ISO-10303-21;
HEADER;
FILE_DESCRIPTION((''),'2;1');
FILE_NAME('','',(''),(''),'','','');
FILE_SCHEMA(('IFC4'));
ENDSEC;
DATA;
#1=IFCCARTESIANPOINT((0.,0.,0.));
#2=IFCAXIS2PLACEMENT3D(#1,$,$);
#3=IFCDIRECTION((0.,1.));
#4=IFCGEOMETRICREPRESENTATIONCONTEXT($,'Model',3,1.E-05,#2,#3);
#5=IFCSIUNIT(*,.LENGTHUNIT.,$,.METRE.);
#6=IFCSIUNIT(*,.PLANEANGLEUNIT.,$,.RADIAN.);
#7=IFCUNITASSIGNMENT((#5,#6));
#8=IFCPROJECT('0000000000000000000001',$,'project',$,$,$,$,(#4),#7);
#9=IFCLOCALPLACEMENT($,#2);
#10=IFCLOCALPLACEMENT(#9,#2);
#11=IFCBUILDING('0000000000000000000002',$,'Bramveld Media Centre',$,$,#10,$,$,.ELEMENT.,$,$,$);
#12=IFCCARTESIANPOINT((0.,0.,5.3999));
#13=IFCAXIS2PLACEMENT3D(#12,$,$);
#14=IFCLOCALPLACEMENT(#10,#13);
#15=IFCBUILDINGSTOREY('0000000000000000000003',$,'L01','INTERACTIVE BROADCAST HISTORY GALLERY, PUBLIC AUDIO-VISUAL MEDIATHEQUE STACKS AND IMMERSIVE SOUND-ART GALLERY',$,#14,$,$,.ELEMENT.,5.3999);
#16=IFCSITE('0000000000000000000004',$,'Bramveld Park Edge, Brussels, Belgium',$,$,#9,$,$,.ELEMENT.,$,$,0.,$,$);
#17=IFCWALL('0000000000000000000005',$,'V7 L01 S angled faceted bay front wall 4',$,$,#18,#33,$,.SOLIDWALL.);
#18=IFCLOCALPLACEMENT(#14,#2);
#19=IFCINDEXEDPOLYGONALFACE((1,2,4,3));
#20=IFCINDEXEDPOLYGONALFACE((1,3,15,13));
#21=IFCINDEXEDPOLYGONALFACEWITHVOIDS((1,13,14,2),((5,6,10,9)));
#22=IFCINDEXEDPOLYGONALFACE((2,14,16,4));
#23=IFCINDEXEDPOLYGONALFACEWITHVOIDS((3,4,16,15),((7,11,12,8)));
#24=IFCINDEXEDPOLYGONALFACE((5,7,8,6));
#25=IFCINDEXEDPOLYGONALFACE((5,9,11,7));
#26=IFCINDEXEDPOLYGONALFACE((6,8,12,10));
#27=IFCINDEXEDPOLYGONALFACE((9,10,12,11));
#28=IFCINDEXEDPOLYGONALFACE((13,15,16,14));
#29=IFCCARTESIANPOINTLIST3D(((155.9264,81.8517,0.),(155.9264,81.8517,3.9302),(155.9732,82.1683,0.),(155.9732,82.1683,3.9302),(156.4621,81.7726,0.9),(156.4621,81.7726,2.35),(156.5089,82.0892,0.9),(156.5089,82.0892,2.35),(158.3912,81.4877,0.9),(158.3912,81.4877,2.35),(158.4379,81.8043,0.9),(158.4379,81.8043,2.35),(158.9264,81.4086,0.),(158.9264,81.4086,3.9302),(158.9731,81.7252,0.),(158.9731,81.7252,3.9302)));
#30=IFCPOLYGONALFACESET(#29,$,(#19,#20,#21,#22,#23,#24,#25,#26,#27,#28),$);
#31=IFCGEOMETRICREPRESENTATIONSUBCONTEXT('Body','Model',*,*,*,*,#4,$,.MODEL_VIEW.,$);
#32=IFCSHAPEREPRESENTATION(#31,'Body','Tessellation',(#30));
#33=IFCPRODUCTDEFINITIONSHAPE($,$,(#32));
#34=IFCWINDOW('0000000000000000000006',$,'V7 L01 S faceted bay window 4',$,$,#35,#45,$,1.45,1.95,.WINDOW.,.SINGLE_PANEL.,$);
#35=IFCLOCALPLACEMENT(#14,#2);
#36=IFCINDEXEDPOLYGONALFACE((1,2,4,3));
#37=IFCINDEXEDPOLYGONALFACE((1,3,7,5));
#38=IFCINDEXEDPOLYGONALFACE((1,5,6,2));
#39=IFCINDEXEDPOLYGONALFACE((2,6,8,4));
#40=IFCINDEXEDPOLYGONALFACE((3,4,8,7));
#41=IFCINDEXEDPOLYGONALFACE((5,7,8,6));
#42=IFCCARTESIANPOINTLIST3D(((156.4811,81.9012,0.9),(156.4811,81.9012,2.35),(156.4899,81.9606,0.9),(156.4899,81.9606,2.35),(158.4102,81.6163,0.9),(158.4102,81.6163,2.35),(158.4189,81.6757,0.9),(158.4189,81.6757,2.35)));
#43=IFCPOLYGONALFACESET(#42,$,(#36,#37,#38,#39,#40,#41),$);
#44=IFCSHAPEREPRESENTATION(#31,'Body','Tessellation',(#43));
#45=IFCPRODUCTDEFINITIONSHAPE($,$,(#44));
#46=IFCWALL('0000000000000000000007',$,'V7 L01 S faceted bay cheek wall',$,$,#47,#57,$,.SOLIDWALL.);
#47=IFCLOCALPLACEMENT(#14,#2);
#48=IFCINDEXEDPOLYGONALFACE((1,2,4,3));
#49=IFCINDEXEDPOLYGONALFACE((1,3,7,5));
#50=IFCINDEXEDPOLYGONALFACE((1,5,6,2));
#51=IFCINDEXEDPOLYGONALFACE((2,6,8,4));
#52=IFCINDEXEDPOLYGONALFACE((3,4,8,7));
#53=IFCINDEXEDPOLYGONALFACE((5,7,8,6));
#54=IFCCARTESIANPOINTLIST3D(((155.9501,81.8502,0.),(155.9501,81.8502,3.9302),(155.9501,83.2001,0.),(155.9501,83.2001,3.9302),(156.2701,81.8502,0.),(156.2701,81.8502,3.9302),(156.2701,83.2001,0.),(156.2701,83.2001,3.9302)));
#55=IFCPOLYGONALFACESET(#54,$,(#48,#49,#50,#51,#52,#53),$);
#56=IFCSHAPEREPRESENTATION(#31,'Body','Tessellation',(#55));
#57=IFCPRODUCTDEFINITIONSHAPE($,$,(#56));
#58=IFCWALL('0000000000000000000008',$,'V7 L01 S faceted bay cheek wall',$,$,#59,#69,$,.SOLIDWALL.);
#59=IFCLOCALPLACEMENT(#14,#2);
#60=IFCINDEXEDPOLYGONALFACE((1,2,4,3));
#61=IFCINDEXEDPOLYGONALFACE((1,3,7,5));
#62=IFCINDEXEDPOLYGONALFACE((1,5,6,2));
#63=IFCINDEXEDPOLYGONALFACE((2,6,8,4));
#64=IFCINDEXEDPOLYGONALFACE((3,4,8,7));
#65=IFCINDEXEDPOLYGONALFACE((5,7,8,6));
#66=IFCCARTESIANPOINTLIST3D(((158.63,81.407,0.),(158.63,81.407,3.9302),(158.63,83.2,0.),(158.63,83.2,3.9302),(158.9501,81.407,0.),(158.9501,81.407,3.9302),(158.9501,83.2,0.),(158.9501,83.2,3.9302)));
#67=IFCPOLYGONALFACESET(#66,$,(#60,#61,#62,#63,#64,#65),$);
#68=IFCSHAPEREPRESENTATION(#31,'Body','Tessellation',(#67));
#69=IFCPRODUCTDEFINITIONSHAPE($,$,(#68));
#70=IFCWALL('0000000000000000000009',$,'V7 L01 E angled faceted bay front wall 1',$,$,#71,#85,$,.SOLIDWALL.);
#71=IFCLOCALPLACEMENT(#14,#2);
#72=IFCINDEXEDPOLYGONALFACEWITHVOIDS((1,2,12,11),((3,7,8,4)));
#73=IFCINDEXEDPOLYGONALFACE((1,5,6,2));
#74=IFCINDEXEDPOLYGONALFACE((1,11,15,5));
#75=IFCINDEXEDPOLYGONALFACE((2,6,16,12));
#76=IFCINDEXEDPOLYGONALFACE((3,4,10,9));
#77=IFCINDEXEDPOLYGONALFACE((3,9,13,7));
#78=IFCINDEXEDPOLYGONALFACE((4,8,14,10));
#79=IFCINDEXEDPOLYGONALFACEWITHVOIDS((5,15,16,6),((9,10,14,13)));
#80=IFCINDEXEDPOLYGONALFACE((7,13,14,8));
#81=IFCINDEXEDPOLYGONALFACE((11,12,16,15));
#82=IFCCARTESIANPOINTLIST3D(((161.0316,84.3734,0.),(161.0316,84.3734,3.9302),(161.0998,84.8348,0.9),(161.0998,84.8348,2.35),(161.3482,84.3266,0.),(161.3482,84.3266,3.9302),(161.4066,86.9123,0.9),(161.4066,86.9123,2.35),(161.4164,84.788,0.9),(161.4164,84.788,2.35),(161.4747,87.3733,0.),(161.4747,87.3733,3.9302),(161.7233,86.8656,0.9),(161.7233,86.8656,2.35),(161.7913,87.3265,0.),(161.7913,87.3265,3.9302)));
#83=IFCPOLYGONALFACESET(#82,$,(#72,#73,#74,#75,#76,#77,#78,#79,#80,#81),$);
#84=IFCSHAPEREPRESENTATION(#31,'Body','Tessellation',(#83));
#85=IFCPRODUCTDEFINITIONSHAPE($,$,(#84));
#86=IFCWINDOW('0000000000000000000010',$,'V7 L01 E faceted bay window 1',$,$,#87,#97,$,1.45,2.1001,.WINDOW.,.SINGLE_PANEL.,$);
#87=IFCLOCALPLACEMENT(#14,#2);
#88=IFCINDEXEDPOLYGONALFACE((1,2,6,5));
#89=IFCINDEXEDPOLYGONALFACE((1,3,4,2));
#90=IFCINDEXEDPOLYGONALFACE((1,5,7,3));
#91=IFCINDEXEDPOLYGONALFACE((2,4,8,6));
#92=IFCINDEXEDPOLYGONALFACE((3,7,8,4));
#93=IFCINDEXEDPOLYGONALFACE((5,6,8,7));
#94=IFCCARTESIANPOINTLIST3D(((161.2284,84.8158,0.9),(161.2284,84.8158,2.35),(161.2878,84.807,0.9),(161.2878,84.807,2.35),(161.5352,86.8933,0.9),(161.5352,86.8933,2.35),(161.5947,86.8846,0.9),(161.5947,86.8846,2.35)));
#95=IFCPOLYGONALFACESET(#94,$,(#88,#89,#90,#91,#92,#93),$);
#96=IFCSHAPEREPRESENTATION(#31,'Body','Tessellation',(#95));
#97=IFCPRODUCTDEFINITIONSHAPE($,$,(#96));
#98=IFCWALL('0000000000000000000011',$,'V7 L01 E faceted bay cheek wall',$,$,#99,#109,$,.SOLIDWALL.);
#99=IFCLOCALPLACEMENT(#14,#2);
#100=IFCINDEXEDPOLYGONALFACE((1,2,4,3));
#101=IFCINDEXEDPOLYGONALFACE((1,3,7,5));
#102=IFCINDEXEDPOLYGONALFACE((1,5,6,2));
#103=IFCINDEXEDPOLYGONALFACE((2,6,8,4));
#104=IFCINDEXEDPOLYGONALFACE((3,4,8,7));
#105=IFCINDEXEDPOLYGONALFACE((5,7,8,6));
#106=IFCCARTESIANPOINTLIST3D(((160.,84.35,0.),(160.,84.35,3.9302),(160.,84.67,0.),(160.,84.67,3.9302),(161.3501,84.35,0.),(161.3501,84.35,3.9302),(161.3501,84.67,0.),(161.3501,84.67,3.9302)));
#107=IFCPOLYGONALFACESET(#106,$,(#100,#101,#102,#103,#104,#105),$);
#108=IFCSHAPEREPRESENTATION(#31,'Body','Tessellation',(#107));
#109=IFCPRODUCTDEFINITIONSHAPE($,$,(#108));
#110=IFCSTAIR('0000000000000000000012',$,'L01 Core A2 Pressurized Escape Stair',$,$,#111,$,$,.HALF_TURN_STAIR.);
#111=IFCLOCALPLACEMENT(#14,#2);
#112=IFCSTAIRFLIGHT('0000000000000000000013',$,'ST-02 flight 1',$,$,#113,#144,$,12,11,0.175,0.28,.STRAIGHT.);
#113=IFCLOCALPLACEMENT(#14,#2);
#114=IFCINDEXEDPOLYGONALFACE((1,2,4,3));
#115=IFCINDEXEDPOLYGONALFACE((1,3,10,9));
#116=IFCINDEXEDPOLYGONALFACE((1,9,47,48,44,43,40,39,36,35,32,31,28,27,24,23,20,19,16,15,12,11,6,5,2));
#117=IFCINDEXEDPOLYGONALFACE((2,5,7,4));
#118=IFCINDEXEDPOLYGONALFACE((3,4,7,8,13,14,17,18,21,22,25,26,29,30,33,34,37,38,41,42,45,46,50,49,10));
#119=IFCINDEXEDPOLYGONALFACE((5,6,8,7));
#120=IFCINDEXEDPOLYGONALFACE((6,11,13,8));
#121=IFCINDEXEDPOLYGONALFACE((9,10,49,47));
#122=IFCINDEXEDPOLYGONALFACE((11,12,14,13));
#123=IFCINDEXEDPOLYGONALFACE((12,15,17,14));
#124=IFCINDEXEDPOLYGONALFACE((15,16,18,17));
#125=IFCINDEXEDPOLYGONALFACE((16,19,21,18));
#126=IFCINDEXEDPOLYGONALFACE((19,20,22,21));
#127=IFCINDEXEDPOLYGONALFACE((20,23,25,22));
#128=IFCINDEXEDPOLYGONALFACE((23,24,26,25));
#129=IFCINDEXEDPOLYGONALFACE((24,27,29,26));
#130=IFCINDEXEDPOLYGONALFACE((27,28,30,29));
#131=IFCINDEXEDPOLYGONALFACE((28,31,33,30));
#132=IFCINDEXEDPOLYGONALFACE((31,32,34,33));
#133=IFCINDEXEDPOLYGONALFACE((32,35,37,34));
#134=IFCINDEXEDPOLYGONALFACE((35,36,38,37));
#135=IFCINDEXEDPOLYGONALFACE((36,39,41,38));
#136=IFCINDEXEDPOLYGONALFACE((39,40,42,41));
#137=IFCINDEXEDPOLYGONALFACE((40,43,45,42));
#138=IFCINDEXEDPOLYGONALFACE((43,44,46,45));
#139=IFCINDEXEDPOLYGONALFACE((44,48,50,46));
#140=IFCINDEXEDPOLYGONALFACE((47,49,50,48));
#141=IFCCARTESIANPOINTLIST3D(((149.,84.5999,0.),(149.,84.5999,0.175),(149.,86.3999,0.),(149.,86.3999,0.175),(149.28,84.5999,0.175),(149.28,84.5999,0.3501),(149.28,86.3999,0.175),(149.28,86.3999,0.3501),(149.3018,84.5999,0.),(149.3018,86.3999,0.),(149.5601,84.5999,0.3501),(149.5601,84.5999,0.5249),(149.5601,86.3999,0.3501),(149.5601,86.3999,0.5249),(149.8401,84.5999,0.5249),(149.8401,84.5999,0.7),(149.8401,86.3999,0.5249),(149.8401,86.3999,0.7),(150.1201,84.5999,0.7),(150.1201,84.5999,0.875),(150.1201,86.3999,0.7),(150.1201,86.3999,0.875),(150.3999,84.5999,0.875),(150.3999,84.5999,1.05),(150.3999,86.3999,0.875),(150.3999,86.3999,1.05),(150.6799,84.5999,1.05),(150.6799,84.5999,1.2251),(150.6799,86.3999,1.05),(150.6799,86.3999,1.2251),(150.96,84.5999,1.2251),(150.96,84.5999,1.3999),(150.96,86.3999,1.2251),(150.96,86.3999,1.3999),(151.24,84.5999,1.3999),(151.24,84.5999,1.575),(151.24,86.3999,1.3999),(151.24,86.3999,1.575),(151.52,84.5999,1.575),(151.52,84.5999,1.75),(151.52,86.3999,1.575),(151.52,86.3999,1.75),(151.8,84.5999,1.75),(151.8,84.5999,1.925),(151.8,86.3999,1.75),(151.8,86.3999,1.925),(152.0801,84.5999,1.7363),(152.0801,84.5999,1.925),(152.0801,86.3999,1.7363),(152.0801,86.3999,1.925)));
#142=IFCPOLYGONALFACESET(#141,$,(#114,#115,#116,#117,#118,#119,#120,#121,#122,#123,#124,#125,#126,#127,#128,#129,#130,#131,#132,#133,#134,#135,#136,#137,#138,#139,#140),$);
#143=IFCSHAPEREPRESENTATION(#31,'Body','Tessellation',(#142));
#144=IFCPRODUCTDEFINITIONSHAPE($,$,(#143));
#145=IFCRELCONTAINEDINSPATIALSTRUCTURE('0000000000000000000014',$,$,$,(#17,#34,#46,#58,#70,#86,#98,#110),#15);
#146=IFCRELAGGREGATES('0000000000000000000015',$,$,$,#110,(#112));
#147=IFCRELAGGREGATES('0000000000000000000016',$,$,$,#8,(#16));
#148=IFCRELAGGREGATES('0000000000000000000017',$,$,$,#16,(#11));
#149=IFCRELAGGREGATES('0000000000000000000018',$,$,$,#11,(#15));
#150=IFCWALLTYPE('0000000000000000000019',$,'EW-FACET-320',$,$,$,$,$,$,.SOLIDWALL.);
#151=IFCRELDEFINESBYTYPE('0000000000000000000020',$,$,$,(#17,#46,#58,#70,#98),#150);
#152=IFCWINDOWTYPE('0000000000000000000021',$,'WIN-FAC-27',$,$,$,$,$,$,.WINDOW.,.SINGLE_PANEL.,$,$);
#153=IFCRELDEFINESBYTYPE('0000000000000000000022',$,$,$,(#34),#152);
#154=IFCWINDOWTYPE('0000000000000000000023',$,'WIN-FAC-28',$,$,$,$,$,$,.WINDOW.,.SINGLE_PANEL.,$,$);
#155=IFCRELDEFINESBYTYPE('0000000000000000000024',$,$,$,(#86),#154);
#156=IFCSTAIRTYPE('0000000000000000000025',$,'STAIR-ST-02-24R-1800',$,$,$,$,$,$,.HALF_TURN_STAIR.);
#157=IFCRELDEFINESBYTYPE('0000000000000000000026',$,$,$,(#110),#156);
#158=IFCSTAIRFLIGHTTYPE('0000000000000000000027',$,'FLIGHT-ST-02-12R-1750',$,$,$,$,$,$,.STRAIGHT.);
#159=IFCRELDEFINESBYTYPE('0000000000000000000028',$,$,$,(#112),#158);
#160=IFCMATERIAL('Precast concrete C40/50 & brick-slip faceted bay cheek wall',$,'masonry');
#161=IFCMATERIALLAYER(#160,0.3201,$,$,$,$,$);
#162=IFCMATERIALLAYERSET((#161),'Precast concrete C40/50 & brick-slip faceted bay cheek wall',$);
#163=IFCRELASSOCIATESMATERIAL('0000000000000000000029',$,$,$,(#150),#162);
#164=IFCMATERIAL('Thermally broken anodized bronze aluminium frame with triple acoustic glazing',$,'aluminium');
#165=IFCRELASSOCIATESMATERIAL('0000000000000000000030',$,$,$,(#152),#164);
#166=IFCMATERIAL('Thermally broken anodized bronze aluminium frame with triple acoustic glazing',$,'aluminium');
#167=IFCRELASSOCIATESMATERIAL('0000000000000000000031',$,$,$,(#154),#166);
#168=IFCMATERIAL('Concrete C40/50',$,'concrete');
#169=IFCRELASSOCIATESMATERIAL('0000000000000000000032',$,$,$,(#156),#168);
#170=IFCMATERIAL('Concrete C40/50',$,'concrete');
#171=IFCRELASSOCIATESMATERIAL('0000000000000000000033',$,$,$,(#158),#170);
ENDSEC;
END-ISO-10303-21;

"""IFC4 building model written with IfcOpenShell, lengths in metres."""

from ifc_helpers import new_model, si_unit, direction, frame, frame_2d, origin, place, context, subcontext, project, spatial, polyline, rectangle, outline, extrude, material, layer, layer_set, type_object, element, fill, aggregate, save


model = new_model("IFC4")

# Units and contexts
model_context = context("Model", 3, precision=1e-05, world=origin(), true_north=direction((0.0, 1.0)))
body_context = subcontext(model_context, "Body", "Model", "MODEL_VIEW")
ifc_project = project(units=[si_unit("LENGTHUNIT", "METRE"), si_unit("PLANEANGLEUNIT", "RADIAN")], contexts=[model_context])

# Site, building, storey
site_placement = place(None, origin())
site = spatial("IfcSite", under=ifc_project, at=site_placement, Name="Bramveld Park Edge, Brussels, Belgium", CompositionType="ELEMENT", RefElevation=0.0)
building_placement = place(site_placement, origin())
building = spatial("IfcBuilding", under=site, at=building_placement, Name="Bramveld Media Centre", CompositionType="ELEMENT")
storey_placement = place(building_placement, frame((0.0, 0.0, 5.3999)))
storey = spatial("IfcBuildingStorey", under=building, at=storey_placement, Name="L01", Description="INTERACTIVE BROADCAST HISTORY GALLERY, PUBLIC AUDIO-VISUAL MEDIATHEQUE STACKS AND IMMERSIVE SOUND-ART GALLERY", CompositionType="ELEMENT", Elevation=5.3999)

# Shared definitions
ifc_material_1 = material(Name="Precast concrete C40/50 & brick-slip faceted bay cheek wall", Category="masonry")
ifc_layer_1 = layer(ifc_material_1, 0.3201)
ifc_layer_set_1 = layer_set([ifc_layer_1], Name="Precast concrete C40/50 & brick-slip faceted bay cheek wall")
wall_type_1 = type_object("IfcWallType", Name="EW-FACET-320", PredefinedType="SOLIDWALL", material=ifc_layer_set_1)

# Wall, opening, window
wall_1_placement = place(storey_placement, frame((155.95, 82.01, 0.0), z_axis=(0.0, 0.0, 1.0), x_axis=(0.989267, -0.14612, 0.0)))
wall_1 = element("IfcWall", 1, at=wall_1_placement, inside=storey, type_object=wall_type_1, Name="V7 L01 S angled faceted bay front wall 4", PredefinedType="SOLIDWALL", context=body_context, shape_type="SweptSolid", body=[
    extrude(rectangle(XDim=3.0325, YDim=0.3201, at=frame_2d((1.5161, 0.0))), origin(), (0.0, 0.0, 1.0), 3.9302),
])
opening_1_placement = place(wall_1_placement, frame((0.5413, 0.0, 0.8999)))
opening_1 = element("IfcOpeningElement", 2, at=opening_1_placement, cuts=wall_1, PredefinedType="OPENING", context=body_context, shape_type="SweptSolid", body=[
    extrude(rectangle(XDim=1.95, YDim=1.45, at=frame_2d((0.9751, 0.7251))), frame((0.0, 0.1719, 0.0), z_axis=(0.0, -1.0, 0.0), x_axis=(1.0, 0.0, 0.0)), (0.0, 0.0, 1.0), 0.344),
])
ifc_material_2 = material(Name="Thermally broken anodized bronze aluminium frame with triple acoustic glazing", Category="aluminium")
window_type_1 = type_object("IfcWindowType", Name="WIN-FAC-27", PartitioningType="SINGLE_PANEL", PredefinedType="WINDOW", material=ifc_material_2)
window_1_placement = place(opening_1_placement, origin())
window_1 = element("IfcWindow", 3, at=window_1_placement, inside=storey, type_object=window_type_1, Name="V7 L01 S faceted bay window 4", OverallHeight=1.45, OverallWidth=1.95, PartitioningType="SINGLE_PANEL", PredefinedType="WINDOW", context=body_context, shape_type="SweptSolid", body=[
    extrude(rectangle(XDim=1.95, YDim=1.45, at=frame_2d((0.9751, 0.7251))), frame((0.0, 0.03, 0.0), z_axis=(0.0, -1.0, 0.0), x_axis=(1.0, 0.0, 0.0)), (0.0, 0.0, 1.0), 0.0601),
])
fill(opening_1, window_1)

# Walls
wall_2_placement = place(storey_placement, frame((156.1101, 83.2, 0.0), z_axis=(0.0, 0.0, 1.0), x_axis=(0.0, -1.0, 0.0)))
element("IfcWall", 4, at=wall_2_placement, inside=storey, type_object=wall_type_1, Name="V7 L01 S faceted bay cheek wall", PredefinedType="SOLIDWALL", context=body_context, shape_type="SweptSolid", body=[
    extrude(rectangle(XDim=1.3499, YDim=0.3201, at=frame_2d((0.6748, 0.0))), origin(), (0.0, 0.0, 1.0), 3.9302),
])
wall_3_placement = place(storey_placement, frame((158.79, 83.2, 0.0), z_axis=(0.0, 0.0, 1.0), x_axis=(0.0, -1.0, 0.0)))
element("IfcWall", 5, at=wall_3_placement, inside=storey, type_object=wall_type_1, Name="V7 L01 S faceted bay cheek wall", PredefinedType="SOLIDWALL", context=body_context, shape_type="SweptSolid", body=[
    extrude(rectangle(XDim=1.793, YDim=0.3201, at=frame_2d((0.8965, 0.0))), origin(), (0.0, 0.0, 1.0), 3.9302),
])

# Wall, opening, window
wall_4_placement = place(storey_placement, frame((161.1899, 84.3501, 0.0), z_axis=(0.0, 0.0, 1.0), x_axis=(0.14612, 0.989267, 0.0)))
wall_4 = element("IfcWall", 6, at=wall_4_placement, inside=storey, type_object=wall_type_1, Name="V7 L01 E angled faceted bay front wall 1", PredefinedType="SOLIDWALL", context=body_context, shape_type="SweptSolid", body=[
    extrude(rectangle(XDim=3.0325, YDim=0.3201, at=frame_2d((1.5161, 0.0))), origin(), (0.0, 0.0, 1.0), 3.9302),
])
opening_2_placement = place(wall_4_placement, frame((0.4663, 0.0, 0.8999)))
opening_2 = element("IfcOpeningElement", 7, at=opening_2_placement, cuts=wall_4, PredefinedType="OPENING", context=body_context, shape_type="SweptSolid", body=[
    extrude(rectangle(XDim=2.1001, YDim=1.45, at=frame_2d((1.05, 0.7251))), frame((0.0, 0.1719, 0.0), z_axis=(0.0, -1.0, 0.0), x_axis=(1.0, 0.0, 0.0)), (0.0, 0.0, 1.0), 0.344),
])
ifc_material_3 = material(Name="Thermally broken anodized bronze aluminium frame with triple acoustic glazing", Category="aluminium")
window_type_2 = type_object("IfcWindowType", Name="WIN-FAC-28", PartitioningType="SINGLE_PANEL", PredefinedType="WINDOW", material=ifc_material_3)
window_2_placement = place(opening_2_placement, origin())
window_2 = element("IfcWindow", 8, at=window_2_placement, inside=storey, type_object=window_type_2, Name="V7 L01 E faceted bay window 1", OverallHeight=1.45, OverallWidth=2.1001, PartitioningType="SINGLE_PANEL", PredefinedType="WINDOW", context=body_context, shape_type="SweptSolid", body=[
    extrude(rectangle(XDim=2.1001, YDim=1.45, at=frame_2d((1.05, 0.7251))), frame((0.0, 0.03, 0.0), z_axis=(0.0, -1.0, 0.0), x_axis=(1.0, 0.0, 0.0)), (0.0, 0.0, 1.0), 0.0601),
])
fill(opening_2, window_2)

# Wall
wall_5_placement = place(storey_placement, frame((160.0, 84.51, 0.0), z_axis=(0.0, 0.0, 1.0), x_axis=(1.0, 0.0, 0.0)))
element("IfcWall", 9, at=wall_5_placement, inside=storey, type_object=wall_type_1, Name="V7 L01 E faceted bay cheek wall", PredefinedType="SOLIDWALL", context=body_context, shape_type="SweptSolid", body=[
    extrude(rectangle(XDim=1.3501, YDim=0.3201, at=frame_2d((0.675, 0.0))), origin(), (0.0, 0.0, 1.0), 3.9302),
])

# Stair, stair flight
ifc_material_4 = material(Name="Concrete C40/50", Category="concrete")
stair_type = type_object("IfcStairType", Name="STAIR-ST-02-24R-1800", PredefinedType="HALF_TURN_STAIR", material=ifc_material_4)
stair_placement = place(storey_placement, origin())
stair = element("IfcStair", 10, at=stair_placement, inside=storey, type_object=stair_type, Name="L01 Core A2 Pressurized Escape Stair", PredefinedType="HALF_TURN_STAIR")
ifc_material_5 = material(Name="Concrete C40/50", Category="concrete")
stair_flight_type = type_object("IfcStairFlightType", Name="FLIGHT-ST-02-12R-1750", PredefinedType="STRAIGHT", material=ifc_material_5)
stair_flight_placement = place(storey_placement, frame((149.0, 85.5, 0.0), z_axis=(0.0, 0.0, 1.0), x_axis=(1.0, 0.0, 0.0)))
stair_flight = element("IfcStairFlight", 11, at=stair_flight_placement, type_object=stair_flight_type, Name="ST-02 flight 1", NumberOfRisers=12, NumberOfTreads=11, PredefinedType="STRAIGHT", RiserHeight=0.175, TreadLength=0.28, context=body_context, shape_type="SweptSolid", body=[
    extrude(outline(polyline([(0.0, 0.0), (0.0, 0.175), (0.28, 0.175), (0.28, 0.3501), (0.5601, 0.3501), (0.5601, 0.5249), (0.8401, 0.5249), (0.8401, 0.7), (1.1201, 0.7), (1.1201, 0.875), (1.3999, 0.875), (1.3999, 1.05), (1.6799, 1.05), (1.6799, 1.2251), (1.96, 1.2251), (1.96, 1.3999), (2.24, 1.3999), (2.24, 1.575), (2.52, 1.575), (2.52, 1.75), (2.8, 1.75), (2.8, 1.925), (3.0801, 1.925), (3.0801, 2.1001), (3.0801, 1.7363), (0.3018, 0.0), (0.0, 0.0)])), frame((0.0, 0.8999, 0.0), z_axis=(0.0, -1.0, 0.0), x_axis=(1.0, 0.0, 0.0)), (0.0, 0.0, 1.0), 1.8),
])
aggregate(stair, [stair_flight])

save(model, "model.ifc")
